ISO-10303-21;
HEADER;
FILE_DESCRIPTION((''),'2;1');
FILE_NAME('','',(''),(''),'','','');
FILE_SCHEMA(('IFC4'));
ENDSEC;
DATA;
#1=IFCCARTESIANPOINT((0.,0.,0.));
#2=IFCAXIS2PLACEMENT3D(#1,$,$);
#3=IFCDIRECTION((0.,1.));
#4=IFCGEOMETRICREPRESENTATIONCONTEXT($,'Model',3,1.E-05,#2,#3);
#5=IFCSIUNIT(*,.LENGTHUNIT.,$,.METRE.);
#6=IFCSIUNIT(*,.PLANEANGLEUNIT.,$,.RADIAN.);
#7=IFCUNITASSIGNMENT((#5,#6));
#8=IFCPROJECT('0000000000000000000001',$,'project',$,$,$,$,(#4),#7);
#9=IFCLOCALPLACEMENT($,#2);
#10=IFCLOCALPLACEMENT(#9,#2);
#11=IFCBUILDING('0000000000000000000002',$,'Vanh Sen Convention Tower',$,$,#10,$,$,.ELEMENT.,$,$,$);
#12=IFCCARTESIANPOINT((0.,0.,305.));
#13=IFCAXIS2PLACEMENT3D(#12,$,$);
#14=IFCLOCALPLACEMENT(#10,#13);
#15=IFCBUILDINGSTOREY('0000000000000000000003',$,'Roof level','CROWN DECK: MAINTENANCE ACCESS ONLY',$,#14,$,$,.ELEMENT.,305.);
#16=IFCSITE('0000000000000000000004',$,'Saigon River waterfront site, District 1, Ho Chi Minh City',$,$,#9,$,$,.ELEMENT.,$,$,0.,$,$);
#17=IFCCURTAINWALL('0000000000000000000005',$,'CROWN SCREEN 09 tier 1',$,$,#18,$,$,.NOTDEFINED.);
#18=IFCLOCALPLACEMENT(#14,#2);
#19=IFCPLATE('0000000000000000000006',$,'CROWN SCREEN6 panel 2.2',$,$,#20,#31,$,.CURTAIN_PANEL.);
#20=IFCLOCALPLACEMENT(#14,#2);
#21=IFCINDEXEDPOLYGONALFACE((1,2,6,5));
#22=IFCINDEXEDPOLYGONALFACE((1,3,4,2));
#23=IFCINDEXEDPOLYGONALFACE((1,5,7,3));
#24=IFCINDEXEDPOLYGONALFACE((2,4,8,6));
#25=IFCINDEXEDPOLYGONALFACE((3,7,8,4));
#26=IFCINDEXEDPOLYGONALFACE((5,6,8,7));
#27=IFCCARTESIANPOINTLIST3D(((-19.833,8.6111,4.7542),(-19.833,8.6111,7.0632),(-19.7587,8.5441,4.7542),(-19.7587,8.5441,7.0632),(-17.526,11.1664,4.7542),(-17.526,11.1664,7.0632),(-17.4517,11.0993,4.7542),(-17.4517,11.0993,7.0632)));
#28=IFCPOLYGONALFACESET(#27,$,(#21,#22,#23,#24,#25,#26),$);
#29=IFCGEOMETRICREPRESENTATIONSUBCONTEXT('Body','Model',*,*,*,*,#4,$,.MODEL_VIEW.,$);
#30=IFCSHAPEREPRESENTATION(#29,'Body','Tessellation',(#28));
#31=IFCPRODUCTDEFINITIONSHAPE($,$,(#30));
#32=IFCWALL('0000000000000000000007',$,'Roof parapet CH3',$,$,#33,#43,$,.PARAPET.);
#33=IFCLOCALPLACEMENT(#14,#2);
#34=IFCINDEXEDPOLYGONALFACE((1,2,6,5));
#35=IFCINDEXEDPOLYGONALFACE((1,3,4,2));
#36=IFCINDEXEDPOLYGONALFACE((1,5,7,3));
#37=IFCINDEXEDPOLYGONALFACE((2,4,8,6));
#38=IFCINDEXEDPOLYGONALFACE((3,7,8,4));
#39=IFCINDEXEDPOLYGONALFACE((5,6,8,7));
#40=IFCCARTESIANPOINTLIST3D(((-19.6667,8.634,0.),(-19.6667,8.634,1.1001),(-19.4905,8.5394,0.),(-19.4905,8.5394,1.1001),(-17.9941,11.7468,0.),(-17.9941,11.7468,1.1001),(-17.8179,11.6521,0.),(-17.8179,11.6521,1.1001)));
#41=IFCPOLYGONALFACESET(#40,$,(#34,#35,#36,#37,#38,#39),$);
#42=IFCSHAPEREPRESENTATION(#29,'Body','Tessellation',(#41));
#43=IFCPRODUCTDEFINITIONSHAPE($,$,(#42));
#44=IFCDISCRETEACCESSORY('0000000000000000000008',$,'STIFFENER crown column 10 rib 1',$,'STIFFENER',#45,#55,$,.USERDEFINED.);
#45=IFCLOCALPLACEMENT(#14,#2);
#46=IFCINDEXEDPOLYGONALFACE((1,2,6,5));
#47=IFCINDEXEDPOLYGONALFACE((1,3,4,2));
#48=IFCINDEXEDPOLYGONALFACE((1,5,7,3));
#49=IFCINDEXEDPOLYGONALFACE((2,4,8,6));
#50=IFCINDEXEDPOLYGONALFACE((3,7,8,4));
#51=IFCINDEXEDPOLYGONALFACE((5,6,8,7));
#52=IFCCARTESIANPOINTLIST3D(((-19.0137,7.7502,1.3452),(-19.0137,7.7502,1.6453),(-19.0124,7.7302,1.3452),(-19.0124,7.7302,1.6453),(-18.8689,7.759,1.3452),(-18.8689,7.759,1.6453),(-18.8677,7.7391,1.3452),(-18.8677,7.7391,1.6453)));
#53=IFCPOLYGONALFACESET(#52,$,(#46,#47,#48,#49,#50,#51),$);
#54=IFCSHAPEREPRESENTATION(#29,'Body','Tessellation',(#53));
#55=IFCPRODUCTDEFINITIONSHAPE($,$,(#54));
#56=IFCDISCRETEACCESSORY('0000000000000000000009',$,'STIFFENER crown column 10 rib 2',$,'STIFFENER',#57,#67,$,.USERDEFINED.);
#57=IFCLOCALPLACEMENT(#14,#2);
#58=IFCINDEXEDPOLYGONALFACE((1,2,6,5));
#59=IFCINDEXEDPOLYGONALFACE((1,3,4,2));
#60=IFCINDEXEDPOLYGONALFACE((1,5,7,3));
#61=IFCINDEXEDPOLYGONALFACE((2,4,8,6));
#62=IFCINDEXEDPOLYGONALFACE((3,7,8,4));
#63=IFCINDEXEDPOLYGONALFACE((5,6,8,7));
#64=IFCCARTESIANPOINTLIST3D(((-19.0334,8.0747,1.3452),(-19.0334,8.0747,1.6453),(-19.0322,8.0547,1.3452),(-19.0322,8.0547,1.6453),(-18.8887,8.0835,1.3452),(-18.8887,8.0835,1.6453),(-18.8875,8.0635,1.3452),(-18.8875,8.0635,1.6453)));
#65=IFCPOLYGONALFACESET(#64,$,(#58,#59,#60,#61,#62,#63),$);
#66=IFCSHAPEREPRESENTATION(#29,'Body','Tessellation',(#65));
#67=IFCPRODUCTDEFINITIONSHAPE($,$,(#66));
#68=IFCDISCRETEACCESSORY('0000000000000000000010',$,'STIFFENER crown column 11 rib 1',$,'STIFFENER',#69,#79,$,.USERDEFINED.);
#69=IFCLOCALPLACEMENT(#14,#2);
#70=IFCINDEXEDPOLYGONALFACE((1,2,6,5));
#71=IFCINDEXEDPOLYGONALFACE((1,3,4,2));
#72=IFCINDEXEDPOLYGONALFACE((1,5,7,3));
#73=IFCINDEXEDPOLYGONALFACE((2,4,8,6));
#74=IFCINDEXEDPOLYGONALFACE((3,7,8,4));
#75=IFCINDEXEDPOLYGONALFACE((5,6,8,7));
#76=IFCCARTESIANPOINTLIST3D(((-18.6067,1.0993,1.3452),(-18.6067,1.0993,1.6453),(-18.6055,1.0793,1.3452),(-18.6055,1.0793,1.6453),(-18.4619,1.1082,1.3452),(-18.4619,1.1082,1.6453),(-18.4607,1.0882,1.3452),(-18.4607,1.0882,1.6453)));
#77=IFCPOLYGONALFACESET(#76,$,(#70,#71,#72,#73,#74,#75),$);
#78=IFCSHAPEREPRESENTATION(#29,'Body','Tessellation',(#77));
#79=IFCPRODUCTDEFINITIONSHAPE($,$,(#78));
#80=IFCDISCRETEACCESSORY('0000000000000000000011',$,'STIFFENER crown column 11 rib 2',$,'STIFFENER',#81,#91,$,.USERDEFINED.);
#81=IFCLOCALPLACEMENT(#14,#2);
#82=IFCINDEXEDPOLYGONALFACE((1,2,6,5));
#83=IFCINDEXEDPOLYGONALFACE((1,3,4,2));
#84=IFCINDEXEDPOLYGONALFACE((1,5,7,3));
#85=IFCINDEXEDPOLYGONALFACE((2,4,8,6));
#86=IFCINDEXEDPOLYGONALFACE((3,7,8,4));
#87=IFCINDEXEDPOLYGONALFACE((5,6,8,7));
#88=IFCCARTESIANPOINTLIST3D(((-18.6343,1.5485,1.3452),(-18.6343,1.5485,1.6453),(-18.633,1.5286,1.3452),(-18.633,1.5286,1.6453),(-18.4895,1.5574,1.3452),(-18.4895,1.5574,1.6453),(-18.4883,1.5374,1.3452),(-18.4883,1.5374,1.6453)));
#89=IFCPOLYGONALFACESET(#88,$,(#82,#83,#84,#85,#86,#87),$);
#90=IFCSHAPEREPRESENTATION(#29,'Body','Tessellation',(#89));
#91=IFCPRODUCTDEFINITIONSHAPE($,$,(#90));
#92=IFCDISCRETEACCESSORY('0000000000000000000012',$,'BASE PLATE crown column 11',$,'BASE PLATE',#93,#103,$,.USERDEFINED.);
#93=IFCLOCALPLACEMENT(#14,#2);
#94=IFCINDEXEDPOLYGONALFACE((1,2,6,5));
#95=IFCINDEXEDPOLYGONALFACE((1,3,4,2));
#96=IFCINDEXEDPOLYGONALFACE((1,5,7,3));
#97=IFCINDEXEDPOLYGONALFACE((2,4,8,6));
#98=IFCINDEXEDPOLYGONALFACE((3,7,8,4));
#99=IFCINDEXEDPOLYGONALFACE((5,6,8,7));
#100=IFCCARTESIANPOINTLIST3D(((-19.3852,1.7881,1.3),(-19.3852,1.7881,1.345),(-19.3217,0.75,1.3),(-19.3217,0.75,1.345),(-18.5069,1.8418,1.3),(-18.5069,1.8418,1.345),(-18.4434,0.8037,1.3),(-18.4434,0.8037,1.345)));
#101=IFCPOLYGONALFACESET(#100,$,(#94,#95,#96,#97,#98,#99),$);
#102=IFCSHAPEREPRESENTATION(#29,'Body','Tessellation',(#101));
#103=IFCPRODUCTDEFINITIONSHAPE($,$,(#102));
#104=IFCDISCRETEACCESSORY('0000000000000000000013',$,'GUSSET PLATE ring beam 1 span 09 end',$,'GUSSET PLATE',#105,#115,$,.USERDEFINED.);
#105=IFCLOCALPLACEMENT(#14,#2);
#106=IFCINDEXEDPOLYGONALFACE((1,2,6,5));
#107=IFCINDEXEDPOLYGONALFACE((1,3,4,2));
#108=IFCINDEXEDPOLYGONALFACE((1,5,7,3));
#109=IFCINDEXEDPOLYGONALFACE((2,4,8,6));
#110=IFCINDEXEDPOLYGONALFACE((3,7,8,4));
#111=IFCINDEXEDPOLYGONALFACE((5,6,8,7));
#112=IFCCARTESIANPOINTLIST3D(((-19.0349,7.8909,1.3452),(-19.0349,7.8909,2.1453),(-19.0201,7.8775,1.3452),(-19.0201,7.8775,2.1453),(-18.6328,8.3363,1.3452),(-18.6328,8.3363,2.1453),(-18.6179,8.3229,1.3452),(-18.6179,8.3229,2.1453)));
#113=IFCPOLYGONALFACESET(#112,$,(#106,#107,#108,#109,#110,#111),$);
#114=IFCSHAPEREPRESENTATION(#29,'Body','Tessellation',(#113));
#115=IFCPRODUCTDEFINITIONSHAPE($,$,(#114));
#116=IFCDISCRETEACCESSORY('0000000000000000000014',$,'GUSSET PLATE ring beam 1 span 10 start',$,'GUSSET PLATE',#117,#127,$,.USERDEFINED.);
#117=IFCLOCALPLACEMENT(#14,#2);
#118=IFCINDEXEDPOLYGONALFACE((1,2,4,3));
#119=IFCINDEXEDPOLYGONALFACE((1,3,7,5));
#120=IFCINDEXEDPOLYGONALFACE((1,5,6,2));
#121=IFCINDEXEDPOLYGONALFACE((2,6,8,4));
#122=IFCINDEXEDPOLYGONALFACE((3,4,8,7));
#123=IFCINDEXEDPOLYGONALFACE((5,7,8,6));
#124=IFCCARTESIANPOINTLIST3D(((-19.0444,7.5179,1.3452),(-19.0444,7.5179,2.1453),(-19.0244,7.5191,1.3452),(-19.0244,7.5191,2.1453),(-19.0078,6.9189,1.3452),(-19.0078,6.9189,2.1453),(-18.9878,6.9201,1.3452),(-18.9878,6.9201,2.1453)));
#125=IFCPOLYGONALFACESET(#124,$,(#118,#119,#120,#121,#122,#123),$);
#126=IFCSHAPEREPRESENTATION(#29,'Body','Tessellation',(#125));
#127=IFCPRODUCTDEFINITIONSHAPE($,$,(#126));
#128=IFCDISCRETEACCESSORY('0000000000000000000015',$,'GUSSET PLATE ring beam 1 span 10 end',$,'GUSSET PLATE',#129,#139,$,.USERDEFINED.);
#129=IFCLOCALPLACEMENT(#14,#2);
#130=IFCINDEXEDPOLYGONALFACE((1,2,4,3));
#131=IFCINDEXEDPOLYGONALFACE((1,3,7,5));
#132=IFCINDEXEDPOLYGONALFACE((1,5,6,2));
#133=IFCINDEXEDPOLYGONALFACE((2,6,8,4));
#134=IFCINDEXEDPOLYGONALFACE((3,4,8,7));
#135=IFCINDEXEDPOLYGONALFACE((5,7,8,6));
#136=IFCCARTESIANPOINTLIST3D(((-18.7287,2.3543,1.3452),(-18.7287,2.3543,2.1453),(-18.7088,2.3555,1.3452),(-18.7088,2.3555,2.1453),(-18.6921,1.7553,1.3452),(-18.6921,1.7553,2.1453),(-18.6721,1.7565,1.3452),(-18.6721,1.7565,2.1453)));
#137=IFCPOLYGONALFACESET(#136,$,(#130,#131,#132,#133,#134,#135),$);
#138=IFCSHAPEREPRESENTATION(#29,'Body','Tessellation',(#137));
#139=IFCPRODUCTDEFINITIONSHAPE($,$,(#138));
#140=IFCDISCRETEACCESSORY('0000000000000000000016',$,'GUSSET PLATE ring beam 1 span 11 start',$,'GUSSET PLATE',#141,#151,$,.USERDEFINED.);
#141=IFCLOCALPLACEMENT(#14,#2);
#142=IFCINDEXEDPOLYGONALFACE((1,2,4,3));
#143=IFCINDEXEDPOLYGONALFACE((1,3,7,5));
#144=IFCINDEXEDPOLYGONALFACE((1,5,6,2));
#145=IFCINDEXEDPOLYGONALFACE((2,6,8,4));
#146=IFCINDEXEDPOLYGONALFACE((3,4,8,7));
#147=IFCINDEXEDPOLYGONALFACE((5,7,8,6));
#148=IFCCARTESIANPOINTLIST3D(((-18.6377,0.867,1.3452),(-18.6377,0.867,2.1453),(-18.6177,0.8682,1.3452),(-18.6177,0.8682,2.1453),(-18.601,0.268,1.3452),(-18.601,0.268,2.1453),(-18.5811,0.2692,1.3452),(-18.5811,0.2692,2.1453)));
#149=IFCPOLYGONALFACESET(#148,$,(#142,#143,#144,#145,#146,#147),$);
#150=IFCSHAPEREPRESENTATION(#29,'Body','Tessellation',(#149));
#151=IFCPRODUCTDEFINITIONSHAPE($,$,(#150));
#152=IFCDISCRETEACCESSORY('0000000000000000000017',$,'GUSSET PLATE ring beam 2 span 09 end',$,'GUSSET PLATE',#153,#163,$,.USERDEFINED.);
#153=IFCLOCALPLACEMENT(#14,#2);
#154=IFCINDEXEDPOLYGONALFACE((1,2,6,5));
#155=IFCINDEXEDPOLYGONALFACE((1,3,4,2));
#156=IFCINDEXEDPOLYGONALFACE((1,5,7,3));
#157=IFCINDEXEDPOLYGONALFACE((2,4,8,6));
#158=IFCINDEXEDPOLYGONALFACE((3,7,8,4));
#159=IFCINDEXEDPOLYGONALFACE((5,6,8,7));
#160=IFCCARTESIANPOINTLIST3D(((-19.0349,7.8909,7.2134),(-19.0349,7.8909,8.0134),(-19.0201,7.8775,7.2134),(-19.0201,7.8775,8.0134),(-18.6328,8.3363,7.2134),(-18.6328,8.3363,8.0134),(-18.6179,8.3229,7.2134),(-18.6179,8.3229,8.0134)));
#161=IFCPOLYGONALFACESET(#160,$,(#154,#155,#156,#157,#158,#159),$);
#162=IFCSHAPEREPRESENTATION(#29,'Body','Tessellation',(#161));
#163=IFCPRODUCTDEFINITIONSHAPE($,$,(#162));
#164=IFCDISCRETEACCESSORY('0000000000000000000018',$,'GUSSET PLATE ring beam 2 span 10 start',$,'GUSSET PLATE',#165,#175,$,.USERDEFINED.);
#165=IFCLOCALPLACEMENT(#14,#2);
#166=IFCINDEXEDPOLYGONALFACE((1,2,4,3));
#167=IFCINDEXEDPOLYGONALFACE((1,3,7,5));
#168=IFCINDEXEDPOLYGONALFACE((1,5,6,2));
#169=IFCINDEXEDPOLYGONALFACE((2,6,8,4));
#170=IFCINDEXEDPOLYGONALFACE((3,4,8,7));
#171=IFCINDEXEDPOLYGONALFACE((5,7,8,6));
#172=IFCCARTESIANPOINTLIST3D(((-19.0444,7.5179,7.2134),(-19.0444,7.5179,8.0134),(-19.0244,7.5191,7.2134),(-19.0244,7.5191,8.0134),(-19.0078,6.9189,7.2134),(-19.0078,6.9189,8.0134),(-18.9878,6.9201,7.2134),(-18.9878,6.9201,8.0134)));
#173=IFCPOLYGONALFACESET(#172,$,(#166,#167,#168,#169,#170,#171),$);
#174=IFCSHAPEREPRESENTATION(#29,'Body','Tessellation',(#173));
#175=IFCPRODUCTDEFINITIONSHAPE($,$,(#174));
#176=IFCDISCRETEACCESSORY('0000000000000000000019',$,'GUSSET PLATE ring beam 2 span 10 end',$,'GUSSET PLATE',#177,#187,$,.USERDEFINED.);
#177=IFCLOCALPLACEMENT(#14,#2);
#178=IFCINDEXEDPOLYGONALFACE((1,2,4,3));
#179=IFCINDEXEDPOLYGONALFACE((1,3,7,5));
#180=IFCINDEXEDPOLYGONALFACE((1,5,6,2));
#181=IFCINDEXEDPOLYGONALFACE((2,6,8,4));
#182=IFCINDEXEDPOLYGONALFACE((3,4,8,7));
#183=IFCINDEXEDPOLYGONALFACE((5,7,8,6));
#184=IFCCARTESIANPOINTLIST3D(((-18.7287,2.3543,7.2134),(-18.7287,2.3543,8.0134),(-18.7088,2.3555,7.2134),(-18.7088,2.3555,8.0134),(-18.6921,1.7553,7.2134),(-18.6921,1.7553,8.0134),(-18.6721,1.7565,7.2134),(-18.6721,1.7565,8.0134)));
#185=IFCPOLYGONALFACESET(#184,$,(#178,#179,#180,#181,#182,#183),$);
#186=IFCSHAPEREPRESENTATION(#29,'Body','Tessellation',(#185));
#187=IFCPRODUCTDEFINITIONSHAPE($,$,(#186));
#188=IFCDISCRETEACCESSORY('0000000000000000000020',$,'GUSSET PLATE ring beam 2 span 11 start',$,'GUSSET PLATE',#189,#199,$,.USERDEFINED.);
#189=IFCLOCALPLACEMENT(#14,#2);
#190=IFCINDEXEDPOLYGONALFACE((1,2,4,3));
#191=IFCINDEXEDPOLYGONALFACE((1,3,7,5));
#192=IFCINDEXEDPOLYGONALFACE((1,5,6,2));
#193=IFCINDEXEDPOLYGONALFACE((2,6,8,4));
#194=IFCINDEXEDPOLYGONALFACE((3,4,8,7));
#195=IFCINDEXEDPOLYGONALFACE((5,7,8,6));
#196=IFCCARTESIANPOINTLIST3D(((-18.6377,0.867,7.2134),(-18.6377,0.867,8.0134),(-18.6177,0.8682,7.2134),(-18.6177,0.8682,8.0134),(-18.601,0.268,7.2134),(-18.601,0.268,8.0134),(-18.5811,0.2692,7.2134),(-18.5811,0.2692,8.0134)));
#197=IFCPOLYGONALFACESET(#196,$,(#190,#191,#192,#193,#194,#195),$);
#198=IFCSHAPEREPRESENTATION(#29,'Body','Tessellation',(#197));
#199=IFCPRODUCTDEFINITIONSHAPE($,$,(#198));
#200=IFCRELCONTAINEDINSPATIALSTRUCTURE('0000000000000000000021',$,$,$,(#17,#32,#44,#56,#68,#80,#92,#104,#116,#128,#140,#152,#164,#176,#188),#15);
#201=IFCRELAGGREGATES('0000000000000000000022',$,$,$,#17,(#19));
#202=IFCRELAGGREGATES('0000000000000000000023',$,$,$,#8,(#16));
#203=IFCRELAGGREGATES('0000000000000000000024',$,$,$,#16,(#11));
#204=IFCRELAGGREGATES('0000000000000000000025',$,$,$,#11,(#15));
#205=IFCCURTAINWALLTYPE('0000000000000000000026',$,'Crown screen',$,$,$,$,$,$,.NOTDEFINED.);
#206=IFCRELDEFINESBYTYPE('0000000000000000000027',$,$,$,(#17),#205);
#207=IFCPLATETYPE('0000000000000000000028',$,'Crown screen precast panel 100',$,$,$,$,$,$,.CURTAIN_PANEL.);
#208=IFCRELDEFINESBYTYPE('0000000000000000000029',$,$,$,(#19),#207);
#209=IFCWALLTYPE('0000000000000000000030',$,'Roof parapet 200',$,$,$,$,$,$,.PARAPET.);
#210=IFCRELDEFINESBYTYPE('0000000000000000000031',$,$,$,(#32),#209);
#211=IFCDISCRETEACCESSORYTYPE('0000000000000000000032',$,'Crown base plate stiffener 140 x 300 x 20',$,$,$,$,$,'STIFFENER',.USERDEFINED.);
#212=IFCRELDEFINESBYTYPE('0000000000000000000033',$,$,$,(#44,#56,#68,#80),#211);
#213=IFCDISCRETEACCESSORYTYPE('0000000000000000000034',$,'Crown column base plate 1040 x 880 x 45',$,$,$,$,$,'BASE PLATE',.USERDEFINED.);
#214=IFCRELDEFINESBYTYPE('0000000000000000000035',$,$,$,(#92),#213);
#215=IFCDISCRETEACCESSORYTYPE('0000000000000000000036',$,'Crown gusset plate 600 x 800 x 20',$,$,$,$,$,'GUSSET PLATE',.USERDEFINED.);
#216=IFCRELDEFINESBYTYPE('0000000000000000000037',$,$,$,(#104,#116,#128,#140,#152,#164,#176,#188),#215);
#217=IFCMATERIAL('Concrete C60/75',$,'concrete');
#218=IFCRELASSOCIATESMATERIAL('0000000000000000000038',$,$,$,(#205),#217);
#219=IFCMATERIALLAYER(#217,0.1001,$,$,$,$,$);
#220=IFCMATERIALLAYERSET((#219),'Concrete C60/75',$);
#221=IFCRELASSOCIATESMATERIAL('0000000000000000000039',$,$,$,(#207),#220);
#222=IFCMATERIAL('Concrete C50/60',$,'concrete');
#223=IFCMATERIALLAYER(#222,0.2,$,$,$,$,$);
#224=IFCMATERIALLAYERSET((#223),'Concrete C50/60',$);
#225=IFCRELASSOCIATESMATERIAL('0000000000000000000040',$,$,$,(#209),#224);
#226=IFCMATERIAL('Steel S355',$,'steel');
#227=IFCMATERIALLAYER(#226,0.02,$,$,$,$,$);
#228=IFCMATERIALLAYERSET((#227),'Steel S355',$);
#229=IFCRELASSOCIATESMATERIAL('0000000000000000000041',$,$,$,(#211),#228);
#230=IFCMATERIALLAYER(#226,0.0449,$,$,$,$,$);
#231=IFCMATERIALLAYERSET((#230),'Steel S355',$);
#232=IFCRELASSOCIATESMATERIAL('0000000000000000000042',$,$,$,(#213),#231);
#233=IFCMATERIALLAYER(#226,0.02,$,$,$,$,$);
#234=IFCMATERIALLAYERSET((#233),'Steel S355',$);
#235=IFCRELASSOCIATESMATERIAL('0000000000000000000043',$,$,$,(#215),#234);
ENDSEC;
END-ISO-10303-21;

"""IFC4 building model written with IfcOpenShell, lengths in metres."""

from ifc_helpers import new_model, si_unit, direction, frame, frame_2d, origin, origin_2d, place, context, subcontext, project, spatial, rectangle, extrude, material, layer, layer_set, type_object, element, aggregate, save


model = new_model("IFC4")

# Units and contexts
model_context = context("Model", 3, precision=1e-05, world=origin(), true_north=direction((0.0, 1.0)))
body_context = subcontext(model_context, "Body", "Model", "MODEL_VIEW")
ifc_project = project(units=[si_unit("LENGTHUNIT", "METRE"), si_unit("PLANEANGLEUNIT", "RADIAN")], contexts=[model_context])

# Site, building, storey
site_placement = place(None, origin())
site = spatial("IfcSite", under=ifc_project, at=site_placement, Name="Saigon River waterfront site, District 1, Ho Chi Minh City", CompositionType="ELEMENT", RefElevation=0.0)
building_placement = place(site_placement, origin())
building = spatial("IfcBuilding", under=site, at=building_placement, Name="Vanh Sen Convention Tower", CompositionType="ELEMENT")
storey_placement = place(building_placement, frame((0.0, 0.0, 305.0)))
storey = spatial("IfcBuildingStorey", under=building, at=storey_placement, Name="Roof level", Description="CROWN DECK: MAINTENANCE ACCESS ONLY", CompositionType="ELEMENT", Elevation=305.0)

# Curtain wall
ifc_material_1 = material(Name="Concrete C60/75", Category="concrete")
curtain_wall_type = type_object("IfcCurtainWallType", Name="Crown screen", PredefinedType="NOTDEFINED", material=ifc_material_1)
curtain_wall_placement = place(storey_placement, origin())
curtain_wall = element("IfcCurtainWall", 1, at=curtain_wall_placement, inside=storey, type_object=curtain_wall_type, Name="CROWN SCREEN 09 tier 1", PredefinedType="NOTDEFINED")

# Plate
ifc_layer_1 = layer(ifc_material_1, 0.1001)
ifc_layer_set_1 = layer_set([ifc_layer_1], Name="Concrete C60/75")
plate_type = type_object("IfcPlateType", Name="Crown screen precast panel 100", PredefinedType="CURTAIN_PANEL", material=ifc_layer_set_1)
plate_1_placement = place(storey_placement, frame((-18.6423, 9.8552, 4.7542), z_axis=(0.0, 0.0, 1.0), x_axis=(-0.670143, -0.742232, 0.0)))
plate_1 = element("IfcPlate", 2, at=plate_1_placement, type_object=plate_type, Name="CROWN SCREEN6 panel 2.2", PredefinedType="CURTAIN_PANEL", context=body_context, shape_type="SweptSolid", body=[
    extrude(rectangle(XDim=3.4426, YDim=0.1001, at=origin_2d()), origin(), (0.0, 0.0, 1.0), 2.3091),
])
aggregate(curtain_wall, [plate_1])

# Wall
ifc_material_2 = material(Name="Concrete C50/60", Category="concrete")
ifc_layer_2 = layer(ifc_material_2, 0.2)
ifc_layer_set_2 = layer_set([ifc_layer_2], Name="Concrete C50/60")
wall_type = type_object("IfcWallType", Name="Roof parapet 200", PredefinedType="PARAPET", material=ifc_layer_set_2)
wall_placement = place(storey_placement, frame((-17.906, 11.6995, 0.0), z_axis=(0.0, 0.0, 1.0), x_axis=(-0.473329, -0.880886, 0.0)))
element("IfcWall", 3, at=wall_placement, inside=storey, type_object=wall_type, Name="Roof parapet CH3", PredefinedType="PARAPET", context=body_context, shape_type="SweptSolid", body=[
    extrude(rectangle(XDim=3.5337, YDim=0.2, at=frame_2d((1.7668, 0.0))), origin(), (0.0, 0.0, 1.0), 1.1001),
])

# Discrete accessories
ifc_material_3 = material(Name="Steel S355", Category="steel")
ifc_layer_3 = layer(ifc_material_3, 0.02)
ifc_layer_set_3 = layer_set([ifc_layer_3], Name="Steel S355")
discrete_accessory_type_1 = type_object("IfcDiscreteAccessoryType", Name="Crown base plate stiffener 140 x 300 x 20", ElementType="STIFFENER", PredefinedType="USERDEFINED", material=ifc_layer_set_3)
for number, where, z_axis, x_axis, name in (
    (4, (-18.9407, 7.7446, 1.3452), (0.0, 0.0, 1.0), (0.998135, 0.061049, 0.0), "STIFFENER crown column 10 rib 1"),
    (5, (-18.9604, 8.0691, 1.3452), (0.0, 0.0, 1.0), (0.998135, 0.061049, 0.0), "STIFFENER crown column 10 rib 2"),
    (6, (-18.5337, 1.0938, 1.3452), (0.0, 0.0, 1.0), (0.998135, 0.061049, 0.0), "STIFFENER crown column 11 rib 1"),
    (7, (-18.5613, 1.543, 1.3452), (0.0, 0.0, 1.0), (0.998135, 0.061049, 0.0), "STIFFENER crown column 11 rib 2"),
):
    element("IfcDiscreteAccessory", number, at=place(storey_placement, frame(where, z_axis=z_axis, x_axis=x_axis)), inside=storey, type_object=discrete_accessory_type_1, Name=name, ObjectType="STIFFENER", PredefinedType="USERDEFINED", context=body_context, shape_type="SweptSolid", body=[
        extrude(rectangle(XDim=0.145, YDim=0.02, at=origin_2d()), origin(), (0.0, 0.0, 1.0), 0.3),
    ])
ifc_layer_4 = layer(ifc_material_3, 0.0449)
ifc_layer_set_4 = layer_set([ifc_layer_4], Name="Steel S355")
discrete_accessory_type_2 = type_object("IfcDiscreteAccessoryType", Name="Crown column base plate 1040 x 880 x 45", ElementType="BASE PLATE", PredefinedType="USERDEFINED", material=ifc_layer_set_4)
discrete_accessory_placement = place(storey_placement, frame((-18.9143, 1.2959, 1.3), z_axis=(0.0, 0.0, 1.0), x_axis=(0.061049, -0.998135, 0.0)))
element("IfcDiscreteAccessory", 8, at=discrete_accessory_placement, inside=storey, type_object=discrete_accessory_type_2, Name="BASE PLATE crown column 11", ObjectType="BASE PLATE", PredefinedType="USERDEFINED", context=body_context, shape_type="SweptSolid", body=[
    extrude(rectangle(XDim=1.04, YDim=0.8799, at=origin_2d()), origin(), (0.0, 0.0, 1.0), 0.0449),
])
ifc_layer_5 = layer(ifc_material_3, 0.02)
ifc_layer_set_5 = layer_set([ifc_layer_5], Name="Steel S355")
discrete_accessory_type_3 = type_object("IfcDiscreteAccessoryType", Name="Crown gusset plate 600 x 800 x 20", ElementType="GUSSET PLATE", PredefinedType="USERDEFINED", material=ifc_layer_set_5)
for number, where, z_axis, x_axis, name in (
    (9, (-18.8264, 8.1069, 1.3452), (0.0, 0.0, 1.0), (0.670143, 0.742232, 0.0), "GUSSET PLATE ring beam 1 span 09 end"),
    (10, (-19.0161, 7.219, 1.3452), (0.0, 0.0, 1.0), (0.06105, -0.998135, 0.0), "GUSSET PLATE ring beam 1 span 10 start"),
    (11, (-18.7004, 2.0554, 1.3452), (0.0, 0.0, 1.0), (-0.06105, 0.998135, 0.0), "GUSSET PLATE ring beam 1 span 10 end"),
    (12, (-18.6094, 0.5681, 1.3452), (0.0, 0.0, 1.0), (0.061052, -0.998135, 0.0), "GUSSET PLATE ring beam 1 span 11 start"),
    (13, (-18.8264, 8.1069, 7.2134), (0.0, 0.0, 1.0), (0.670143, 0.742232, 0.0), "GUSSET PLATE ring beam 2 span 09 end"),
    (14, (-19.0161, 7.219, 7.2134), (0.0, 0.0, 1.0), (0.06105, -0.998135, 0.0), "GUSSET PLATE ring beam 2 span 10 start"),
    (15, (-18.7004, 2.0554, 7.2134), (0.0, 0.0, 1.0), (-0.06105, 0.998135, 0.0), "GUSSET PLATE ring beam 2 span 10 end"),
    (16, (-18.6094, 0.5681, 7.2134), (0.0, 0.0, 1.0), (0.061052, -0.998135, 0.0), "GUSSET PLATE ring beam 2 span 11 start"),
):
    element("IfcDiscreteAccessory", number, at=place(storey_placement, frame(where, z_axis=z_axis, x_axis=x_axis)), inside=storey, type_object=discrete_accessory_type_3, Name=name, ObjectType="GUSSET PLATE", PredefinedType="USERDEFINED", context=body_context, shape_type="SweptSolid", body=[
        extrude(rectangle(XDim=0.6001, YDim=0.02, at=origin_2d()), origin(), (0.0, 0.0, 1.0), 0.8),
    ])

save(model, "model.ifc")
